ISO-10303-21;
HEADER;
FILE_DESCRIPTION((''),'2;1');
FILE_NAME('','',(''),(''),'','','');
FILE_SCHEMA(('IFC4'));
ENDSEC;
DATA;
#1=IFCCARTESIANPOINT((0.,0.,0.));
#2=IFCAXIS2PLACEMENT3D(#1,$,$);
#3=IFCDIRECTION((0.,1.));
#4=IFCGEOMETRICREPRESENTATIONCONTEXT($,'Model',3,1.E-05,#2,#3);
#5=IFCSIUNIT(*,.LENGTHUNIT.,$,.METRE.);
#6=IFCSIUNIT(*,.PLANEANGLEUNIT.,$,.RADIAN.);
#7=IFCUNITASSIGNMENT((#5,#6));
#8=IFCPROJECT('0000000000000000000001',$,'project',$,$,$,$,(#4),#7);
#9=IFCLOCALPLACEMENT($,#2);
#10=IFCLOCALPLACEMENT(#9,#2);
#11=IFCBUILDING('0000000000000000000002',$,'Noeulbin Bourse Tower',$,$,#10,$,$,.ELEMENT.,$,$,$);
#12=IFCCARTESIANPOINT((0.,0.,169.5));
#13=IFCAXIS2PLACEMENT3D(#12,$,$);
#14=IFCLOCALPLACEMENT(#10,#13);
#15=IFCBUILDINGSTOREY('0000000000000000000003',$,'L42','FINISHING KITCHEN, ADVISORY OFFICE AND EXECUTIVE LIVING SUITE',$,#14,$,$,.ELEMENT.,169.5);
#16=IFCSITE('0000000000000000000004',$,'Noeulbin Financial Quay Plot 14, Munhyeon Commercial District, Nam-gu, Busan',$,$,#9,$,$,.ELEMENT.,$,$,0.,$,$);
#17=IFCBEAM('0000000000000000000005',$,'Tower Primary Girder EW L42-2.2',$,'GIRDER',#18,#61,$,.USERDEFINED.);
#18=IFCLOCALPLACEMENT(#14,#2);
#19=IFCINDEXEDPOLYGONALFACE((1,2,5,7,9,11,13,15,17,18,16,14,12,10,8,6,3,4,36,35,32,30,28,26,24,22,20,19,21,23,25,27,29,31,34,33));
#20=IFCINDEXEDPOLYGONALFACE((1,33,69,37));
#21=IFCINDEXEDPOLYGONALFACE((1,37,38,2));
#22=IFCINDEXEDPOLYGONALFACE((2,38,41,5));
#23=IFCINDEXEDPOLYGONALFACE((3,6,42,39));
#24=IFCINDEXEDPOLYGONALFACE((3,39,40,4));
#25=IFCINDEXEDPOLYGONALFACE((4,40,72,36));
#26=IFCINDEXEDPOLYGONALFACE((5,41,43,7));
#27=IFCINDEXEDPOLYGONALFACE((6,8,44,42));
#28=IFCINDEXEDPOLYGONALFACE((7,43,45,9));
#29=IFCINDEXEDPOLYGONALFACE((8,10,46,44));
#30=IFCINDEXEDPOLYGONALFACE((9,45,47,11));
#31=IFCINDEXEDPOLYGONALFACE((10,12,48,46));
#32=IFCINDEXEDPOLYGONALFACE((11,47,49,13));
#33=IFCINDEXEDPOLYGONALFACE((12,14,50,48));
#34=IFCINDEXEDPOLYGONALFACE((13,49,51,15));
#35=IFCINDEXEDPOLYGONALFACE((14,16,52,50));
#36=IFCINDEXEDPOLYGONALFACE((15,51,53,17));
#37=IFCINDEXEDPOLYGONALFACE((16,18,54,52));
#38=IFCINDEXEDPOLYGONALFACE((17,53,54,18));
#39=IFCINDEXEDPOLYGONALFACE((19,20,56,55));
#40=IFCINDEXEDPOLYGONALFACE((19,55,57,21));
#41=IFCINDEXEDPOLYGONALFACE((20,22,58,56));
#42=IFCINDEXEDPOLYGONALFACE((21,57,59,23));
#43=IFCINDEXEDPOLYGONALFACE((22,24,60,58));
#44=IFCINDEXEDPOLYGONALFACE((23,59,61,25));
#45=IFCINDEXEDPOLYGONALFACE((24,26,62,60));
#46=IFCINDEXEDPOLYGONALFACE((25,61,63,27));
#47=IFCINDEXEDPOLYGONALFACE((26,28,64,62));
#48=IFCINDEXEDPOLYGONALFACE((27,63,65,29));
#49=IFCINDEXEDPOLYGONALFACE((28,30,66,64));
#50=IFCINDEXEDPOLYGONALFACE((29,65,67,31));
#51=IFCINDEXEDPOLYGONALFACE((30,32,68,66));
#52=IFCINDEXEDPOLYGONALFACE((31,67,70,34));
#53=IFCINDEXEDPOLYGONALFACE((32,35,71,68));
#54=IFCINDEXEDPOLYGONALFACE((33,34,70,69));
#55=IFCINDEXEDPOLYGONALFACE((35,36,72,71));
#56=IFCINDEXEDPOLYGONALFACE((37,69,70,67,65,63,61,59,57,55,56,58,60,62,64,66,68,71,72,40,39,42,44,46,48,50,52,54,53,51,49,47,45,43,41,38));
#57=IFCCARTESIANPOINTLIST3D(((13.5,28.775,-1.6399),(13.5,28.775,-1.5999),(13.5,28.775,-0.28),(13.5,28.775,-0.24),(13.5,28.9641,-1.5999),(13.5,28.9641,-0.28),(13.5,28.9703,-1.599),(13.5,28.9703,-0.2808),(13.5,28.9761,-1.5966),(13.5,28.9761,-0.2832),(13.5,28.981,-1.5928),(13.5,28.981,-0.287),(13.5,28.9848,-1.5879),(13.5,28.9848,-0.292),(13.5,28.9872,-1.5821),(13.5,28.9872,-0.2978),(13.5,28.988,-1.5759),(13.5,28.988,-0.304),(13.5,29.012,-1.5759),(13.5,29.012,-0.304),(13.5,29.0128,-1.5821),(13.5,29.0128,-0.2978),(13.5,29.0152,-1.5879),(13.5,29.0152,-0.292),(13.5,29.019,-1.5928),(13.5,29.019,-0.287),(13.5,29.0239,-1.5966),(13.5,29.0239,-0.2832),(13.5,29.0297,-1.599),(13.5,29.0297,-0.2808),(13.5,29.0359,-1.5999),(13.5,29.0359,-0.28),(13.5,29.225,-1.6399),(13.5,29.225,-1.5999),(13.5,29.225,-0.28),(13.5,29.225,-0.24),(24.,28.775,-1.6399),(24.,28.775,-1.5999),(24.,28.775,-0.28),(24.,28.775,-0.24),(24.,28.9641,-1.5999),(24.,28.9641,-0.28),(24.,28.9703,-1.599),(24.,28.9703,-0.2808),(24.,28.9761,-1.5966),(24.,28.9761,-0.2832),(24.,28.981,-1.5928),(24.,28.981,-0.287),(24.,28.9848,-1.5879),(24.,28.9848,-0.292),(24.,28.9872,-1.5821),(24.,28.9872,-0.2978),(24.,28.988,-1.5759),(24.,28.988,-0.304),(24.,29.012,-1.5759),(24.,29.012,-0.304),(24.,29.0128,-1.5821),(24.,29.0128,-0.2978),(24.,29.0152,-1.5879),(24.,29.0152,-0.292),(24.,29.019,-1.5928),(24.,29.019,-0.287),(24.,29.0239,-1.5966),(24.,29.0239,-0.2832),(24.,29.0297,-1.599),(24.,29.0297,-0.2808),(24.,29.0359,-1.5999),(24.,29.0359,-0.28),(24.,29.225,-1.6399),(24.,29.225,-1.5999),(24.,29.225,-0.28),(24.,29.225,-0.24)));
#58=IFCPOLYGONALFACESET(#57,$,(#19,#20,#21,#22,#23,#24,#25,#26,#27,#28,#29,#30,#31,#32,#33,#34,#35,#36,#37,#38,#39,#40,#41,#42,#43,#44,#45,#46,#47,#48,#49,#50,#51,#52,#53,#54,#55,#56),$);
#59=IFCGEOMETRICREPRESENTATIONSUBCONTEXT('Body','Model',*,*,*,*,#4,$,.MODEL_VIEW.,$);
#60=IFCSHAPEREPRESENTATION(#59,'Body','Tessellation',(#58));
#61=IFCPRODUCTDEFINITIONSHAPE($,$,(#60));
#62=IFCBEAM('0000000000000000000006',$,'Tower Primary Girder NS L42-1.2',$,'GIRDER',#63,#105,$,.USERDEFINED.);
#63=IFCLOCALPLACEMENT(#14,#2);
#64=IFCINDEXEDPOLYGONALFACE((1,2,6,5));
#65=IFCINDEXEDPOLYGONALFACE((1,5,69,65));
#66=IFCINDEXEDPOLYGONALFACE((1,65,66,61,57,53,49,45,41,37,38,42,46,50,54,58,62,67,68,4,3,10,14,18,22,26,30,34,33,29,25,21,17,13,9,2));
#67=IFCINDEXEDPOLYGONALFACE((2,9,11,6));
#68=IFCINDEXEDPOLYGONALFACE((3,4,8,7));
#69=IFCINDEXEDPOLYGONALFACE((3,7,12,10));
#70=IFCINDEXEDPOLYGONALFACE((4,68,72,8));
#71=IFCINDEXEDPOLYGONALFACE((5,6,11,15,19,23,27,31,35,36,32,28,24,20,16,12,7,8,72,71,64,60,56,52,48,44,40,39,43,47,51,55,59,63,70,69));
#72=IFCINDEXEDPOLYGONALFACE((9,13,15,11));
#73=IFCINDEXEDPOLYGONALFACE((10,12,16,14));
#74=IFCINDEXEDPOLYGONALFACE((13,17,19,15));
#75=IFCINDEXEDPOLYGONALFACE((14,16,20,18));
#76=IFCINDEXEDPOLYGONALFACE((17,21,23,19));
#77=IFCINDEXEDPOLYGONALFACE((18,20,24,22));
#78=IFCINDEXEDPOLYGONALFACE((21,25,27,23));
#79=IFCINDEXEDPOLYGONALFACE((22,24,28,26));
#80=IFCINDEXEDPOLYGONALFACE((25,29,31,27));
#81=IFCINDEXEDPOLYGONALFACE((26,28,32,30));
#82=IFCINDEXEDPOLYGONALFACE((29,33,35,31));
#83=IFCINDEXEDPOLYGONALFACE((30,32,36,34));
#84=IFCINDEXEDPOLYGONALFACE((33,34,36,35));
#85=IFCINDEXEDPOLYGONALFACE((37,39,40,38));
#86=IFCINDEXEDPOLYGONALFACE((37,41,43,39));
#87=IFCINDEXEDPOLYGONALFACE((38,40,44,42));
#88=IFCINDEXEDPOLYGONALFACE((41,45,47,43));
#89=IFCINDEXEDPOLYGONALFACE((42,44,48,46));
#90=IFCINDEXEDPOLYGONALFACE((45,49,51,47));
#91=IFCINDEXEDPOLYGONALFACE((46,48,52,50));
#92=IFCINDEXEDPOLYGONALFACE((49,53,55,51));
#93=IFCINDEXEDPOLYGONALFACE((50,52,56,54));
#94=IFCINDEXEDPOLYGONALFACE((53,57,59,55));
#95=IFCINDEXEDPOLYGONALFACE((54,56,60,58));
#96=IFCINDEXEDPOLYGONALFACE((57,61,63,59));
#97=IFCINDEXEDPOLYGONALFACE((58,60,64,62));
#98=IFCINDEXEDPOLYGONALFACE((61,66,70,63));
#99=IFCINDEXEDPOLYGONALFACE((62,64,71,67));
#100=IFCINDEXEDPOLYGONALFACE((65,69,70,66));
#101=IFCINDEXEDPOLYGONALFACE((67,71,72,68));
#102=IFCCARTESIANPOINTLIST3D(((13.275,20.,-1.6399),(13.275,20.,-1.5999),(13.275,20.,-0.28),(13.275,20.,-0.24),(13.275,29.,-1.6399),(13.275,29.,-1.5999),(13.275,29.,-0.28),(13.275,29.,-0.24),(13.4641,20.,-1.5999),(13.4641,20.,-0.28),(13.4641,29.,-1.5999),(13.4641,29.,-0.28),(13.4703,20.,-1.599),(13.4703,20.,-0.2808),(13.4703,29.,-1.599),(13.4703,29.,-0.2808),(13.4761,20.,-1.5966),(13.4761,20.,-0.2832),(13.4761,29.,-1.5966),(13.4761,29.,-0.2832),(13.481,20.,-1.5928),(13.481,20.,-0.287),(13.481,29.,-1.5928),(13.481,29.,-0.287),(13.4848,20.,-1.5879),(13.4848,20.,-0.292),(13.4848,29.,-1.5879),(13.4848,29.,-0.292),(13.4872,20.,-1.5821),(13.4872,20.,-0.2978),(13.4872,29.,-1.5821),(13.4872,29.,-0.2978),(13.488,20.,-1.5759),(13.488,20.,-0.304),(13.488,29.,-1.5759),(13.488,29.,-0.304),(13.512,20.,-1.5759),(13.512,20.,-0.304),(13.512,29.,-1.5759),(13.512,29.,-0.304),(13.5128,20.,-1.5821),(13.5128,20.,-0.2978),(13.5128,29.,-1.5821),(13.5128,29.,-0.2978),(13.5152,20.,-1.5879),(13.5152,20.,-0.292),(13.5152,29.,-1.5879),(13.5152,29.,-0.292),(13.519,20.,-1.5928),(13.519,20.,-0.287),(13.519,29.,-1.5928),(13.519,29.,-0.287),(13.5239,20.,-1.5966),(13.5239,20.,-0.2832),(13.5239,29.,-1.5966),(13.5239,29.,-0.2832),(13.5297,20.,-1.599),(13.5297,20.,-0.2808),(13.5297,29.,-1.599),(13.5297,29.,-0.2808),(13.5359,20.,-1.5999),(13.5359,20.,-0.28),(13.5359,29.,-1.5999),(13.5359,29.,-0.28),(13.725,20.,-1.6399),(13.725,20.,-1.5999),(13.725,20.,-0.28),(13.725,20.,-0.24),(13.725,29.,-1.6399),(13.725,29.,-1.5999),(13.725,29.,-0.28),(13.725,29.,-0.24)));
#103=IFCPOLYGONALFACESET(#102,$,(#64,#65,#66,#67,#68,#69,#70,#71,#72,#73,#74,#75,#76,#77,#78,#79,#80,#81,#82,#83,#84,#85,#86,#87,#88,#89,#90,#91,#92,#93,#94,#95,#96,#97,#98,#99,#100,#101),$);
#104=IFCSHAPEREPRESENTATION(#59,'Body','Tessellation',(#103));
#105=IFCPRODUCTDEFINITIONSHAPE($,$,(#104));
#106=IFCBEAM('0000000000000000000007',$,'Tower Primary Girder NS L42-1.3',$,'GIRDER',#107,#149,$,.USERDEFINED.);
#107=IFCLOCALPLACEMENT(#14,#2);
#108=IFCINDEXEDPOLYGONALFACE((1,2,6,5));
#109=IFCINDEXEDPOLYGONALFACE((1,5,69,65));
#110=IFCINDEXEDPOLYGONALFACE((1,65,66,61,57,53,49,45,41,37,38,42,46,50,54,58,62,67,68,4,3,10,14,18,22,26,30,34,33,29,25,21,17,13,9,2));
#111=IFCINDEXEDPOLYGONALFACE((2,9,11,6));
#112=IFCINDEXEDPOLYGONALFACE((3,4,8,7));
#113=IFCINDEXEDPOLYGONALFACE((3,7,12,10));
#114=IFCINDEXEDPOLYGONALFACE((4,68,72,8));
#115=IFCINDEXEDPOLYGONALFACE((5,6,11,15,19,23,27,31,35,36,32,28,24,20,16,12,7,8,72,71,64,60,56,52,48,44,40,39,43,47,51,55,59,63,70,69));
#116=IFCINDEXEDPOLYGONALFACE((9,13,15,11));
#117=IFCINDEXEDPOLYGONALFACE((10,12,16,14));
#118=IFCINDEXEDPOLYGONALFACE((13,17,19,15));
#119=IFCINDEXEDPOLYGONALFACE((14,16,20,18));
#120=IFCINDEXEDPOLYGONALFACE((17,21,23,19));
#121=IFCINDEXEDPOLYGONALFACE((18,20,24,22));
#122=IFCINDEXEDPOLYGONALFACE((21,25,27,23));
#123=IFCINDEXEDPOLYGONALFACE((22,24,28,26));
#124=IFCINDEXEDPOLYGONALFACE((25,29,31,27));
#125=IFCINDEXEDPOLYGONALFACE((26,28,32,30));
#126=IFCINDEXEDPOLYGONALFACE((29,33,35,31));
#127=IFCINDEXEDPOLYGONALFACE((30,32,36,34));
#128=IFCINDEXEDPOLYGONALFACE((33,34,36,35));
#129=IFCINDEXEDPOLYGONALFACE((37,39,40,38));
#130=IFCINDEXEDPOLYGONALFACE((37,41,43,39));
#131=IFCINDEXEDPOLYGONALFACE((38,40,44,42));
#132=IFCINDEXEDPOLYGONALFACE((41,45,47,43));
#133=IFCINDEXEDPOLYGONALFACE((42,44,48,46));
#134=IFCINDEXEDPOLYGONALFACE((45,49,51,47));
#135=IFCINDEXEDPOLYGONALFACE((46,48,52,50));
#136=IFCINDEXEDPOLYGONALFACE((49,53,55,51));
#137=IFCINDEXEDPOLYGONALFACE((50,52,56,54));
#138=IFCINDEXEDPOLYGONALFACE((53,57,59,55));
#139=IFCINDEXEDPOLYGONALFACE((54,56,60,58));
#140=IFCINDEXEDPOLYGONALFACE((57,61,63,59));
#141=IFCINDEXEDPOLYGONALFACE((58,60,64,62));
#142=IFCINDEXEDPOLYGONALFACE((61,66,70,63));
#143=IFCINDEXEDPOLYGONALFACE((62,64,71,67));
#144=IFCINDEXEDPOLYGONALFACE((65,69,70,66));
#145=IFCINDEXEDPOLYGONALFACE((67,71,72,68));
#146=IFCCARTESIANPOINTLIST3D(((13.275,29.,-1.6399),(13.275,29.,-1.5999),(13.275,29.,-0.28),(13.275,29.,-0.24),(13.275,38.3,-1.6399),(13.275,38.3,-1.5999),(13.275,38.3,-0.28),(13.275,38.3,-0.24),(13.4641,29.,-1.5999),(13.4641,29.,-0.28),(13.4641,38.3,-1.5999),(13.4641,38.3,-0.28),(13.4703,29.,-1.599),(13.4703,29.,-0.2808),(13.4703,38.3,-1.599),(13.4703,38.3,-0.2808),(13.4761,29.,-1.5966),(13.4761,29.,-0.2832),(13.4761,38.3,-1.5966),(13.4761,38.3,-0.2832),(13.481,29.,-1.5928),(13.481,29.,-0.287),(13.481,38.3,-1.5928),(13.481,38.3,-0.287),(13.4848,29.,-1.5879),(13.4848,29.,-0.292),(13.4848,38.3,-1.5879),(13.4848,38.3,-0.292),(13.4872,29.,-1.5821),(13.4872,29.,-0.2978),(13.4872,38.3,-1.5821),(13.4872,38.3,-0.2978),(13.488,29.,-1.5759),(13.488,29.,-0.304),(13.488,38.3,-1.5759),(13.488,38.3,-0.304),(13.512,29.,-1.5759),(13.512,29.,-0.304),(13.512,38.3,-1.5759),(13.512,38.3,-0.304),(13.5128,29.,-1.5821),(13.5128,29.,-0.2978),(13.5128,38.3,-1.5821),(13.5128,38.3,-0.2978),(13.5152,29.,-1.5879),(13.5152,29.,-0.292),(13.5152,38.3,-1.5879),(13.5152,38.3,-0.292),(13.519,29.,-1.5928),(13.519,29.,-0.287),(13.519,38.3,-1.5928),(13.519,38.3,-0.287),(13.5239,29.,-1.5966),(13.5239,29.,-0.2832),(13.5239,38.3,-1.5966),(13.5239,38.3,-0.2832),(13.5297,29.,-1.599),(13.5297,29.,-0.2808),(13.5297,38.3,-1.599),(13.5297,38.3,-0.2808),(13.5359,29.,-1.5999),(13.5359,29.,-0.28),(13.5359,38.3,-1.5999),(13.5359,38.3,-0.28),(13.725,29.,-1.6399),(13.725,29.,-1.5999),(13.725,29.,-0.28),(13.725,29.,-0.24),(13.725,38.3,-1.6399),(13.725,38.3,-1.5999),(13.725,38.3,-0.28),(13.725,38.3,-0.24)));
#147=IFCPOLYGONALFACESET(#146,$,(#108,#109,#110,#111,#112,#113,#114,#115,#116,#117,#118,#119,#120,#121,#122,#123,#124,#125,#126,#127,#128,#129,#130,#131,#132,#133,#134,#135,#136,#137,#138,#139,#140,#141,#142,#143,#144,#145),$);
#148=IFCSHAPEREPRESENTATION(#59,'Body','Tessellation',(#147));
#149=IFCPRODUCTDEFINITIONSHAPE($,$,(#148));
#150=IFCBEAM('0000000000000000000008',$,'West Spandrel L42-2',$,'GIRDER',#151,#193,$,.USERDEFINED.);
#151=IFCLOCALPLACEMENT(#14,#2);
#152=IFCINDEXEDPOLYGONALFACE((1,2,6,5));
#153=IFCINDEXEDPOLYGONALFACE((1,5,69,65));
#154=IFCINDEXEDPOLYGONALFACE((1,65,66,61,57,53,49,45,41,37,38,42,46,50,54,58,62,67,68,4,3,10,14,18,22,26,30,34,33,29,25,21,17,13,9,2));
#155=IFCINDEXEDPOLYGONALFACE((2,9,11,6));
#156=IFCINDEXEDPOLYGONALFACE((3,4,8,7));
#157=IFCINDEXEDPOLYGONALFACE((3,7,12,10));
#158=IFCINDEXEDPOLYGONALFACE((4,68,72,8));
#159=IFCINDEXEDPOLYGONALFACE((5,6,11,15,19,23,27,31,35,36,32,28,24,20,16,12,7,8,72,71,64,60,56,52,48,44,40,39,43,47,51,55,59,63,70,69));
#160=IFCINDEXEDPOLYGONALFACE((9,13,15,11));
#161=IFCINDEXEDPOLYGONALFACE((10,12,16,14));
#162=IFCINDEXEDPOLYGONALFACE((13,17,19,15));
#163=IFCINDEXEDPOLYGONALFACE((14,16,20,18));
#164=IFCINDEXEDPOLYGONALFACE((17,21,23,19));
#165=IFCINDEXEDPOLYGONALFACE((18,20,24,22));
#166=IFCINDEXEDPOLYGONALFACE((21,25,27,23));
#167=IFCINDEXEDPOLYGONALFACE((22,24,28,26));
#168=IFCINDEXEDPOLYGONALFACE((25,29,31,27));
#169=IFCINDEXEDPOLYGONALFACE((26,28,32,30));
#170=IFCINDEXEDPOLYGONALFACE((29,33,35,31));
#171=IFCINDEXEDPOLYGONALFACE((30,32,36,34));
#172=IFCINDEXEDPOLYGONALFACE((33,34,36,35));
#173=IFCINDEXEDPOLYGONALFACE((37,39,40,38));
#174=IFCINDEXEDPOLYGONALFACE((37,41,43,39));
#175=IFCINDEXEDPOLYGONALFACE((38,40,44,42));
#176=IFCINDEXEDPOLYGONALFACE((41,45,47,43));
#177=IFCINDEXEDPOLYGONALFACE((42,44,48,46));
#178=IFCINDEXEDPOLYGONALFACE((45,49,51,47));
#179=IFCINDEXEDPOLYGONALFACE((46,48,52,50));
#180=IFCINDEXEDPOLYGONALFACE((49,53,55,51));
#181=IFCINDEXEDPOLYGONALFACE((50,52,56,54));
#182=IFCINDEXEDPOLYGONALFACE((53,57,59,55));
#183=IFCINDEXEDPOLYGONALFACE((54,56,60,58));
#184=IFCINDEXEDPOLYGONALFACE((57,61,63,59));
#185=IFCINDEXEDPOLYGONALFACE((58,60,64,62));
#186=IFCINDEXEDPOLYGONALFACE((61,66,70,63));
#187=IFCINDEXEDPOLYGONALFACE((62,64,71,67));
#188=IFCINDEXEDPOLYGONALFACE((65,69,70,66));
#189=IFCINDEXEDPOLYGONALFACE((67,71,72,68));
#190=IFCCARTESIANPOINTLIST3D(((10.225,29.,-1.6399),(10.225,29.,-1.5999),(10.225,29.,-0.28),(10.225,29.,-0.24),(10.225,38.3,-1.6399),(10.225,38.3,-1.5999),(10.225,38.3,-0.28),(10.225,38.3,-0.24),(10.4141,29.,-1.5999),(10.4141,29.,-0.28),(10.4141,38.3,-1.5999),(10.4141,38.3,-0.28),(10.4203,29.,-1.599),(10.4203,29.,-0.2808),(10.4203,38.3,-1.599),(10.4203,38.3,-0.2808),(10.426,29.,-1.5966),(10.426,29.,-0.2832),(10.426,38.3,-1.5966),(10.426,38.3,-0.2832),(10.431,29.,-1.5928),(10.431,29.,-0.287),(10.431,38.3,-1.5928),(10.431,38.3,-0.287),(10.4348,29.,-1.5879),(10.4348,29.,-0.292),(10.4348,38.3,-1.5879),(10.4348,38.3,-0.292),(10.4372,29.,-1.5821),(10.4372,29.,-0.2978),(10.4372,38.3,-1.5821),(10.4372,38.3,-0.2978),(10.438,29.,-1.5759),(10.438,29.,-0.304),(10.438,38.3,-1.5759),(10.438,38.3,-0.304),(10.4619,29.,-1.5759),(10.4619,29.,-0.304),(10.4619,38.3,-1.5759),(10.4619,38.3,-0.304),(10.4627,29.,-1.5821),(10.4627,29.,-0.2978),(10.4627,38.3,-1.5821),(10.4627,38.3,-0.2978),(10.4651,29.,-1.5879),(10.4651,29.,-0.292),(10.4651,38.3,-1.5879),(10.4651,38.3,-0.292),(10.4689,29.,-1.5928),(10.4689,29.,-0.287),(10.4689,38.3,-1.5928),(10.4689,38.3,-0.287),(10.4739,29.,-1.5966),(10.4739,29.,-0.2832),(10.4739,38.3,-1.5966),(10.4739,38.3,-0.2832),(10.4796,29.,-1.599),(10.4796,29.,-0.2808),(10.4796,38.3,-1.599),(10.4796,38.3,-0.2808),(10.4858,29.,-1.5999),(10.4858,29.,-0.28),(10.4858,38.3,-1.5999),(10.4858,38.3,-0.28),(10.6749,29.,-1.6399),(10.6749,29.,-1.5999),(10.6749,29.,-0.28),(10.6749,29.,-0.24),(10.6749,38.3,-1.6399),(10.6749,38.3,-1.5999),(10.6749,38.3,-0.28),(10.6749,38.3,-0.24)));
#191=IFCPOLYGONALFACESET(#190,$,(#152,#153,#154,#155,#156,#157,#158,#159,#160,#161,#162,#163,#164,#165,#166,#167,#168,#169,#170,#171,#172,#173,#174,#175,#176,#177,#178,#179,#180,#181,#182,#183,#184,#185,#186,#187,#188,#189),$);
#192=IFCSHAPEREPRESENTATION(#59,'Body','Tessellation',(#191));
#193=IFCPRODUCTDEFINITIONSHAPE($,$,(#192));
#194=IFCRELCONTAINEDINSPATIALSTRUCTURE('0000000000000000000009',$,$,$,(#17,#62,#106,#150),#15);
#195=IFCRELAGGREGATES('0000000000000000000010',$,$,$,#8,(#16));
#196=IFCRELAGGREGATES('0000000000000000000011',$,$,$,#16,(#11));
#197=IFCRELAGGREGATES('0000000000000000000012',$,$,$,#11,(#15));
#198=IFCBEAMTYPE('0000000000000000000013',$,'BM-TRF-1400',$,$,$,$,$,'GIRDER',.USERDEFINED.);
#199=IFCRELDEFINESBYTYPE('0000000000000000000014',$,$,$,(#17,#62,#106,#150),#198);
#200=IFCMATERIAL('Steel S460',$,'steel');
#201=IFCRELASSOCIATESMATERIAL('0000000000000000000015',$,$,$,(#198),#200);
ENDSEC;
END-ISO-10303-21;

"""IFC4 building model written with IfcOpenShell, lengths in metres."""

from ifc_helpers import new_model, si_unit, direction, frame, origin, origin_2d, place, context, subcontext, project, spatial, i_section, extrude, material, material_profile, profile_set, type_object, element, save


model = new_model("IFC4")

# Units and contexts
model_context = context("Model", 3, precision=1e-05, world=origin(), true_north=direction((0.0, 1.0)))
body_context = subcontext(model_context, "Body", "Model", "MODEL_VIEW")
ifc_project = project(units=[si_unit("LENGTHUNIT", "METRE"), si_unit("PLANEANGLEUNIT", "RADIAN")], contexts=[model_context])

# Site, building, storey
site_placement = place(None, origin())
site = spatial("IfcSite", under=ifc_project, at=site_placement, Name="Noeulbin Financial Quay Plot 14, Munhyeon Commercial District, Nam-gu, Busan", CompositionType="ELEMENT", RefElevation=0.0)
building_placement = place(site_placement, origin())
building = spatial("IfcBuilding", under=site, at=building_placement, Name="Noeulbin Bourse Tower", CompositionType="ELEMENT")
storey_placement = place(building_placement, frame((0.0, 0.0, 169.5)))
storey = spatial("IfcBuildingStorey", under=building, at=storey_placement, Name="L42", Description="FINISHING KITCHEN, ADVISORY OFFICE AND EXECUTIVE LIVING SUITE", CompositionType="ELEMENT", Elevation=169.5)

# Shared definitions
ifc_material_1 = material(Name="Steel S460", Category="steel")

# Beams
ifc_material_profile_1 = material_profile(ifc_material_1, i_section(OverallWidth=0.45, OverallDepth=1.3999, WebThickness=0.0239, FlangeThickness=0.04, FilletRadius=0.0239, at=origin_2d()), Name="PG-1400x450x24x40", Category="LoadBearing")
ifc_profile_set_1 = profile_set([ifc_material_profile_1], Name="Steel S460")
beam_type_1 = type_object("IfcBeamType", Name="BM-TRF-1400", ElementType="GIRDER", PredefinedType="USERDEFINED", material=ifc_profile_set_1)
for number, where, z_axis, x_axis, name in (
    (1, (13.5, 29.0, -0.9399), (1.0, 0.0, 0.0), (0.0, 1.0, 0.0), "Tower Primary Girder EW L42-2.2"),
):
    element("IfcBeam", number, at=place(storey_placement, frame(where, z_axis=z_axis, x_axis=x_axis)), inside=storey, type_object=beam_type_1, Name=name, ObjectType="GIRDER", PredefinedType="USERDEFINED", context=body_context, shape_type="SweptSolid", body=[
        extrude(i_section(OverallWidth=0.45, OverallDepth=1.3999, WebThickness=0.0239, FlangeThickness=0.04, FilletRadius=0.0239, at=origin_2d()), origin(), (0.0, 0.0, 1.0), 10.5),
    ])
beam_placement = place(storey_placement, frame((13.5, 20.0, -0.9399), z_axis=(0.0, 1.0, 0.0), x_axis=(-1.0, 0.0, 0.0)))
element("IfcBeam", 2, at=beam_placement, inside=storey, type_object=beam_type_1, Name="Tower Primary Girder NS L42-1.2", ObjectType="GIRDER", PredefinedType="USERDEFINED", context=body_context, shape_type="SweptSolid", body=[
    extrude(i_section(OverallWidth=0.45, OverallDepth=1.3999, WebThickness=0.0239, FlangeThickness=0.04, FilletRadius=0.0239, at=origin_2d()), origin(), (0.0, 0.0, 1.0), 9.0),
])
for number, where, z_axis, x_axis, name in (
    (3, (13.5, 29.0, -0.9399), (0.0, 1.0, 0.0), (-1.0, 0.0, 0.0), "Tower Primary Girder NS L42-1.3"),
    (4, (10.45, 29.0, -0.9399), (0.0, 1.0, 0.0), (-1.0, 0.0, 0.0), "West Spandrel L42-2"),
):
    element("IfcBeam", number, at=place(storey_placement, frame(where, z_axis=z_axis, x_axis=x_axis)), inside=storey, type_object=beam_type_1, Name=name, ObjectType="GIRDER", PredefinedType="USERDEFINED", context=body_context, shape_type="SweptSolid", body=[
        extrude(i_section(OverallWidth=0.45, OverallDepth=1.3999, WebThickness=0.0239, FlangeThickness=0.04, FilletRadius=0.0239, at=origin_2d()), origin(), (0.0, 0.0, 1.0), 9.3),
    ])

save(model, "model.ifc")
